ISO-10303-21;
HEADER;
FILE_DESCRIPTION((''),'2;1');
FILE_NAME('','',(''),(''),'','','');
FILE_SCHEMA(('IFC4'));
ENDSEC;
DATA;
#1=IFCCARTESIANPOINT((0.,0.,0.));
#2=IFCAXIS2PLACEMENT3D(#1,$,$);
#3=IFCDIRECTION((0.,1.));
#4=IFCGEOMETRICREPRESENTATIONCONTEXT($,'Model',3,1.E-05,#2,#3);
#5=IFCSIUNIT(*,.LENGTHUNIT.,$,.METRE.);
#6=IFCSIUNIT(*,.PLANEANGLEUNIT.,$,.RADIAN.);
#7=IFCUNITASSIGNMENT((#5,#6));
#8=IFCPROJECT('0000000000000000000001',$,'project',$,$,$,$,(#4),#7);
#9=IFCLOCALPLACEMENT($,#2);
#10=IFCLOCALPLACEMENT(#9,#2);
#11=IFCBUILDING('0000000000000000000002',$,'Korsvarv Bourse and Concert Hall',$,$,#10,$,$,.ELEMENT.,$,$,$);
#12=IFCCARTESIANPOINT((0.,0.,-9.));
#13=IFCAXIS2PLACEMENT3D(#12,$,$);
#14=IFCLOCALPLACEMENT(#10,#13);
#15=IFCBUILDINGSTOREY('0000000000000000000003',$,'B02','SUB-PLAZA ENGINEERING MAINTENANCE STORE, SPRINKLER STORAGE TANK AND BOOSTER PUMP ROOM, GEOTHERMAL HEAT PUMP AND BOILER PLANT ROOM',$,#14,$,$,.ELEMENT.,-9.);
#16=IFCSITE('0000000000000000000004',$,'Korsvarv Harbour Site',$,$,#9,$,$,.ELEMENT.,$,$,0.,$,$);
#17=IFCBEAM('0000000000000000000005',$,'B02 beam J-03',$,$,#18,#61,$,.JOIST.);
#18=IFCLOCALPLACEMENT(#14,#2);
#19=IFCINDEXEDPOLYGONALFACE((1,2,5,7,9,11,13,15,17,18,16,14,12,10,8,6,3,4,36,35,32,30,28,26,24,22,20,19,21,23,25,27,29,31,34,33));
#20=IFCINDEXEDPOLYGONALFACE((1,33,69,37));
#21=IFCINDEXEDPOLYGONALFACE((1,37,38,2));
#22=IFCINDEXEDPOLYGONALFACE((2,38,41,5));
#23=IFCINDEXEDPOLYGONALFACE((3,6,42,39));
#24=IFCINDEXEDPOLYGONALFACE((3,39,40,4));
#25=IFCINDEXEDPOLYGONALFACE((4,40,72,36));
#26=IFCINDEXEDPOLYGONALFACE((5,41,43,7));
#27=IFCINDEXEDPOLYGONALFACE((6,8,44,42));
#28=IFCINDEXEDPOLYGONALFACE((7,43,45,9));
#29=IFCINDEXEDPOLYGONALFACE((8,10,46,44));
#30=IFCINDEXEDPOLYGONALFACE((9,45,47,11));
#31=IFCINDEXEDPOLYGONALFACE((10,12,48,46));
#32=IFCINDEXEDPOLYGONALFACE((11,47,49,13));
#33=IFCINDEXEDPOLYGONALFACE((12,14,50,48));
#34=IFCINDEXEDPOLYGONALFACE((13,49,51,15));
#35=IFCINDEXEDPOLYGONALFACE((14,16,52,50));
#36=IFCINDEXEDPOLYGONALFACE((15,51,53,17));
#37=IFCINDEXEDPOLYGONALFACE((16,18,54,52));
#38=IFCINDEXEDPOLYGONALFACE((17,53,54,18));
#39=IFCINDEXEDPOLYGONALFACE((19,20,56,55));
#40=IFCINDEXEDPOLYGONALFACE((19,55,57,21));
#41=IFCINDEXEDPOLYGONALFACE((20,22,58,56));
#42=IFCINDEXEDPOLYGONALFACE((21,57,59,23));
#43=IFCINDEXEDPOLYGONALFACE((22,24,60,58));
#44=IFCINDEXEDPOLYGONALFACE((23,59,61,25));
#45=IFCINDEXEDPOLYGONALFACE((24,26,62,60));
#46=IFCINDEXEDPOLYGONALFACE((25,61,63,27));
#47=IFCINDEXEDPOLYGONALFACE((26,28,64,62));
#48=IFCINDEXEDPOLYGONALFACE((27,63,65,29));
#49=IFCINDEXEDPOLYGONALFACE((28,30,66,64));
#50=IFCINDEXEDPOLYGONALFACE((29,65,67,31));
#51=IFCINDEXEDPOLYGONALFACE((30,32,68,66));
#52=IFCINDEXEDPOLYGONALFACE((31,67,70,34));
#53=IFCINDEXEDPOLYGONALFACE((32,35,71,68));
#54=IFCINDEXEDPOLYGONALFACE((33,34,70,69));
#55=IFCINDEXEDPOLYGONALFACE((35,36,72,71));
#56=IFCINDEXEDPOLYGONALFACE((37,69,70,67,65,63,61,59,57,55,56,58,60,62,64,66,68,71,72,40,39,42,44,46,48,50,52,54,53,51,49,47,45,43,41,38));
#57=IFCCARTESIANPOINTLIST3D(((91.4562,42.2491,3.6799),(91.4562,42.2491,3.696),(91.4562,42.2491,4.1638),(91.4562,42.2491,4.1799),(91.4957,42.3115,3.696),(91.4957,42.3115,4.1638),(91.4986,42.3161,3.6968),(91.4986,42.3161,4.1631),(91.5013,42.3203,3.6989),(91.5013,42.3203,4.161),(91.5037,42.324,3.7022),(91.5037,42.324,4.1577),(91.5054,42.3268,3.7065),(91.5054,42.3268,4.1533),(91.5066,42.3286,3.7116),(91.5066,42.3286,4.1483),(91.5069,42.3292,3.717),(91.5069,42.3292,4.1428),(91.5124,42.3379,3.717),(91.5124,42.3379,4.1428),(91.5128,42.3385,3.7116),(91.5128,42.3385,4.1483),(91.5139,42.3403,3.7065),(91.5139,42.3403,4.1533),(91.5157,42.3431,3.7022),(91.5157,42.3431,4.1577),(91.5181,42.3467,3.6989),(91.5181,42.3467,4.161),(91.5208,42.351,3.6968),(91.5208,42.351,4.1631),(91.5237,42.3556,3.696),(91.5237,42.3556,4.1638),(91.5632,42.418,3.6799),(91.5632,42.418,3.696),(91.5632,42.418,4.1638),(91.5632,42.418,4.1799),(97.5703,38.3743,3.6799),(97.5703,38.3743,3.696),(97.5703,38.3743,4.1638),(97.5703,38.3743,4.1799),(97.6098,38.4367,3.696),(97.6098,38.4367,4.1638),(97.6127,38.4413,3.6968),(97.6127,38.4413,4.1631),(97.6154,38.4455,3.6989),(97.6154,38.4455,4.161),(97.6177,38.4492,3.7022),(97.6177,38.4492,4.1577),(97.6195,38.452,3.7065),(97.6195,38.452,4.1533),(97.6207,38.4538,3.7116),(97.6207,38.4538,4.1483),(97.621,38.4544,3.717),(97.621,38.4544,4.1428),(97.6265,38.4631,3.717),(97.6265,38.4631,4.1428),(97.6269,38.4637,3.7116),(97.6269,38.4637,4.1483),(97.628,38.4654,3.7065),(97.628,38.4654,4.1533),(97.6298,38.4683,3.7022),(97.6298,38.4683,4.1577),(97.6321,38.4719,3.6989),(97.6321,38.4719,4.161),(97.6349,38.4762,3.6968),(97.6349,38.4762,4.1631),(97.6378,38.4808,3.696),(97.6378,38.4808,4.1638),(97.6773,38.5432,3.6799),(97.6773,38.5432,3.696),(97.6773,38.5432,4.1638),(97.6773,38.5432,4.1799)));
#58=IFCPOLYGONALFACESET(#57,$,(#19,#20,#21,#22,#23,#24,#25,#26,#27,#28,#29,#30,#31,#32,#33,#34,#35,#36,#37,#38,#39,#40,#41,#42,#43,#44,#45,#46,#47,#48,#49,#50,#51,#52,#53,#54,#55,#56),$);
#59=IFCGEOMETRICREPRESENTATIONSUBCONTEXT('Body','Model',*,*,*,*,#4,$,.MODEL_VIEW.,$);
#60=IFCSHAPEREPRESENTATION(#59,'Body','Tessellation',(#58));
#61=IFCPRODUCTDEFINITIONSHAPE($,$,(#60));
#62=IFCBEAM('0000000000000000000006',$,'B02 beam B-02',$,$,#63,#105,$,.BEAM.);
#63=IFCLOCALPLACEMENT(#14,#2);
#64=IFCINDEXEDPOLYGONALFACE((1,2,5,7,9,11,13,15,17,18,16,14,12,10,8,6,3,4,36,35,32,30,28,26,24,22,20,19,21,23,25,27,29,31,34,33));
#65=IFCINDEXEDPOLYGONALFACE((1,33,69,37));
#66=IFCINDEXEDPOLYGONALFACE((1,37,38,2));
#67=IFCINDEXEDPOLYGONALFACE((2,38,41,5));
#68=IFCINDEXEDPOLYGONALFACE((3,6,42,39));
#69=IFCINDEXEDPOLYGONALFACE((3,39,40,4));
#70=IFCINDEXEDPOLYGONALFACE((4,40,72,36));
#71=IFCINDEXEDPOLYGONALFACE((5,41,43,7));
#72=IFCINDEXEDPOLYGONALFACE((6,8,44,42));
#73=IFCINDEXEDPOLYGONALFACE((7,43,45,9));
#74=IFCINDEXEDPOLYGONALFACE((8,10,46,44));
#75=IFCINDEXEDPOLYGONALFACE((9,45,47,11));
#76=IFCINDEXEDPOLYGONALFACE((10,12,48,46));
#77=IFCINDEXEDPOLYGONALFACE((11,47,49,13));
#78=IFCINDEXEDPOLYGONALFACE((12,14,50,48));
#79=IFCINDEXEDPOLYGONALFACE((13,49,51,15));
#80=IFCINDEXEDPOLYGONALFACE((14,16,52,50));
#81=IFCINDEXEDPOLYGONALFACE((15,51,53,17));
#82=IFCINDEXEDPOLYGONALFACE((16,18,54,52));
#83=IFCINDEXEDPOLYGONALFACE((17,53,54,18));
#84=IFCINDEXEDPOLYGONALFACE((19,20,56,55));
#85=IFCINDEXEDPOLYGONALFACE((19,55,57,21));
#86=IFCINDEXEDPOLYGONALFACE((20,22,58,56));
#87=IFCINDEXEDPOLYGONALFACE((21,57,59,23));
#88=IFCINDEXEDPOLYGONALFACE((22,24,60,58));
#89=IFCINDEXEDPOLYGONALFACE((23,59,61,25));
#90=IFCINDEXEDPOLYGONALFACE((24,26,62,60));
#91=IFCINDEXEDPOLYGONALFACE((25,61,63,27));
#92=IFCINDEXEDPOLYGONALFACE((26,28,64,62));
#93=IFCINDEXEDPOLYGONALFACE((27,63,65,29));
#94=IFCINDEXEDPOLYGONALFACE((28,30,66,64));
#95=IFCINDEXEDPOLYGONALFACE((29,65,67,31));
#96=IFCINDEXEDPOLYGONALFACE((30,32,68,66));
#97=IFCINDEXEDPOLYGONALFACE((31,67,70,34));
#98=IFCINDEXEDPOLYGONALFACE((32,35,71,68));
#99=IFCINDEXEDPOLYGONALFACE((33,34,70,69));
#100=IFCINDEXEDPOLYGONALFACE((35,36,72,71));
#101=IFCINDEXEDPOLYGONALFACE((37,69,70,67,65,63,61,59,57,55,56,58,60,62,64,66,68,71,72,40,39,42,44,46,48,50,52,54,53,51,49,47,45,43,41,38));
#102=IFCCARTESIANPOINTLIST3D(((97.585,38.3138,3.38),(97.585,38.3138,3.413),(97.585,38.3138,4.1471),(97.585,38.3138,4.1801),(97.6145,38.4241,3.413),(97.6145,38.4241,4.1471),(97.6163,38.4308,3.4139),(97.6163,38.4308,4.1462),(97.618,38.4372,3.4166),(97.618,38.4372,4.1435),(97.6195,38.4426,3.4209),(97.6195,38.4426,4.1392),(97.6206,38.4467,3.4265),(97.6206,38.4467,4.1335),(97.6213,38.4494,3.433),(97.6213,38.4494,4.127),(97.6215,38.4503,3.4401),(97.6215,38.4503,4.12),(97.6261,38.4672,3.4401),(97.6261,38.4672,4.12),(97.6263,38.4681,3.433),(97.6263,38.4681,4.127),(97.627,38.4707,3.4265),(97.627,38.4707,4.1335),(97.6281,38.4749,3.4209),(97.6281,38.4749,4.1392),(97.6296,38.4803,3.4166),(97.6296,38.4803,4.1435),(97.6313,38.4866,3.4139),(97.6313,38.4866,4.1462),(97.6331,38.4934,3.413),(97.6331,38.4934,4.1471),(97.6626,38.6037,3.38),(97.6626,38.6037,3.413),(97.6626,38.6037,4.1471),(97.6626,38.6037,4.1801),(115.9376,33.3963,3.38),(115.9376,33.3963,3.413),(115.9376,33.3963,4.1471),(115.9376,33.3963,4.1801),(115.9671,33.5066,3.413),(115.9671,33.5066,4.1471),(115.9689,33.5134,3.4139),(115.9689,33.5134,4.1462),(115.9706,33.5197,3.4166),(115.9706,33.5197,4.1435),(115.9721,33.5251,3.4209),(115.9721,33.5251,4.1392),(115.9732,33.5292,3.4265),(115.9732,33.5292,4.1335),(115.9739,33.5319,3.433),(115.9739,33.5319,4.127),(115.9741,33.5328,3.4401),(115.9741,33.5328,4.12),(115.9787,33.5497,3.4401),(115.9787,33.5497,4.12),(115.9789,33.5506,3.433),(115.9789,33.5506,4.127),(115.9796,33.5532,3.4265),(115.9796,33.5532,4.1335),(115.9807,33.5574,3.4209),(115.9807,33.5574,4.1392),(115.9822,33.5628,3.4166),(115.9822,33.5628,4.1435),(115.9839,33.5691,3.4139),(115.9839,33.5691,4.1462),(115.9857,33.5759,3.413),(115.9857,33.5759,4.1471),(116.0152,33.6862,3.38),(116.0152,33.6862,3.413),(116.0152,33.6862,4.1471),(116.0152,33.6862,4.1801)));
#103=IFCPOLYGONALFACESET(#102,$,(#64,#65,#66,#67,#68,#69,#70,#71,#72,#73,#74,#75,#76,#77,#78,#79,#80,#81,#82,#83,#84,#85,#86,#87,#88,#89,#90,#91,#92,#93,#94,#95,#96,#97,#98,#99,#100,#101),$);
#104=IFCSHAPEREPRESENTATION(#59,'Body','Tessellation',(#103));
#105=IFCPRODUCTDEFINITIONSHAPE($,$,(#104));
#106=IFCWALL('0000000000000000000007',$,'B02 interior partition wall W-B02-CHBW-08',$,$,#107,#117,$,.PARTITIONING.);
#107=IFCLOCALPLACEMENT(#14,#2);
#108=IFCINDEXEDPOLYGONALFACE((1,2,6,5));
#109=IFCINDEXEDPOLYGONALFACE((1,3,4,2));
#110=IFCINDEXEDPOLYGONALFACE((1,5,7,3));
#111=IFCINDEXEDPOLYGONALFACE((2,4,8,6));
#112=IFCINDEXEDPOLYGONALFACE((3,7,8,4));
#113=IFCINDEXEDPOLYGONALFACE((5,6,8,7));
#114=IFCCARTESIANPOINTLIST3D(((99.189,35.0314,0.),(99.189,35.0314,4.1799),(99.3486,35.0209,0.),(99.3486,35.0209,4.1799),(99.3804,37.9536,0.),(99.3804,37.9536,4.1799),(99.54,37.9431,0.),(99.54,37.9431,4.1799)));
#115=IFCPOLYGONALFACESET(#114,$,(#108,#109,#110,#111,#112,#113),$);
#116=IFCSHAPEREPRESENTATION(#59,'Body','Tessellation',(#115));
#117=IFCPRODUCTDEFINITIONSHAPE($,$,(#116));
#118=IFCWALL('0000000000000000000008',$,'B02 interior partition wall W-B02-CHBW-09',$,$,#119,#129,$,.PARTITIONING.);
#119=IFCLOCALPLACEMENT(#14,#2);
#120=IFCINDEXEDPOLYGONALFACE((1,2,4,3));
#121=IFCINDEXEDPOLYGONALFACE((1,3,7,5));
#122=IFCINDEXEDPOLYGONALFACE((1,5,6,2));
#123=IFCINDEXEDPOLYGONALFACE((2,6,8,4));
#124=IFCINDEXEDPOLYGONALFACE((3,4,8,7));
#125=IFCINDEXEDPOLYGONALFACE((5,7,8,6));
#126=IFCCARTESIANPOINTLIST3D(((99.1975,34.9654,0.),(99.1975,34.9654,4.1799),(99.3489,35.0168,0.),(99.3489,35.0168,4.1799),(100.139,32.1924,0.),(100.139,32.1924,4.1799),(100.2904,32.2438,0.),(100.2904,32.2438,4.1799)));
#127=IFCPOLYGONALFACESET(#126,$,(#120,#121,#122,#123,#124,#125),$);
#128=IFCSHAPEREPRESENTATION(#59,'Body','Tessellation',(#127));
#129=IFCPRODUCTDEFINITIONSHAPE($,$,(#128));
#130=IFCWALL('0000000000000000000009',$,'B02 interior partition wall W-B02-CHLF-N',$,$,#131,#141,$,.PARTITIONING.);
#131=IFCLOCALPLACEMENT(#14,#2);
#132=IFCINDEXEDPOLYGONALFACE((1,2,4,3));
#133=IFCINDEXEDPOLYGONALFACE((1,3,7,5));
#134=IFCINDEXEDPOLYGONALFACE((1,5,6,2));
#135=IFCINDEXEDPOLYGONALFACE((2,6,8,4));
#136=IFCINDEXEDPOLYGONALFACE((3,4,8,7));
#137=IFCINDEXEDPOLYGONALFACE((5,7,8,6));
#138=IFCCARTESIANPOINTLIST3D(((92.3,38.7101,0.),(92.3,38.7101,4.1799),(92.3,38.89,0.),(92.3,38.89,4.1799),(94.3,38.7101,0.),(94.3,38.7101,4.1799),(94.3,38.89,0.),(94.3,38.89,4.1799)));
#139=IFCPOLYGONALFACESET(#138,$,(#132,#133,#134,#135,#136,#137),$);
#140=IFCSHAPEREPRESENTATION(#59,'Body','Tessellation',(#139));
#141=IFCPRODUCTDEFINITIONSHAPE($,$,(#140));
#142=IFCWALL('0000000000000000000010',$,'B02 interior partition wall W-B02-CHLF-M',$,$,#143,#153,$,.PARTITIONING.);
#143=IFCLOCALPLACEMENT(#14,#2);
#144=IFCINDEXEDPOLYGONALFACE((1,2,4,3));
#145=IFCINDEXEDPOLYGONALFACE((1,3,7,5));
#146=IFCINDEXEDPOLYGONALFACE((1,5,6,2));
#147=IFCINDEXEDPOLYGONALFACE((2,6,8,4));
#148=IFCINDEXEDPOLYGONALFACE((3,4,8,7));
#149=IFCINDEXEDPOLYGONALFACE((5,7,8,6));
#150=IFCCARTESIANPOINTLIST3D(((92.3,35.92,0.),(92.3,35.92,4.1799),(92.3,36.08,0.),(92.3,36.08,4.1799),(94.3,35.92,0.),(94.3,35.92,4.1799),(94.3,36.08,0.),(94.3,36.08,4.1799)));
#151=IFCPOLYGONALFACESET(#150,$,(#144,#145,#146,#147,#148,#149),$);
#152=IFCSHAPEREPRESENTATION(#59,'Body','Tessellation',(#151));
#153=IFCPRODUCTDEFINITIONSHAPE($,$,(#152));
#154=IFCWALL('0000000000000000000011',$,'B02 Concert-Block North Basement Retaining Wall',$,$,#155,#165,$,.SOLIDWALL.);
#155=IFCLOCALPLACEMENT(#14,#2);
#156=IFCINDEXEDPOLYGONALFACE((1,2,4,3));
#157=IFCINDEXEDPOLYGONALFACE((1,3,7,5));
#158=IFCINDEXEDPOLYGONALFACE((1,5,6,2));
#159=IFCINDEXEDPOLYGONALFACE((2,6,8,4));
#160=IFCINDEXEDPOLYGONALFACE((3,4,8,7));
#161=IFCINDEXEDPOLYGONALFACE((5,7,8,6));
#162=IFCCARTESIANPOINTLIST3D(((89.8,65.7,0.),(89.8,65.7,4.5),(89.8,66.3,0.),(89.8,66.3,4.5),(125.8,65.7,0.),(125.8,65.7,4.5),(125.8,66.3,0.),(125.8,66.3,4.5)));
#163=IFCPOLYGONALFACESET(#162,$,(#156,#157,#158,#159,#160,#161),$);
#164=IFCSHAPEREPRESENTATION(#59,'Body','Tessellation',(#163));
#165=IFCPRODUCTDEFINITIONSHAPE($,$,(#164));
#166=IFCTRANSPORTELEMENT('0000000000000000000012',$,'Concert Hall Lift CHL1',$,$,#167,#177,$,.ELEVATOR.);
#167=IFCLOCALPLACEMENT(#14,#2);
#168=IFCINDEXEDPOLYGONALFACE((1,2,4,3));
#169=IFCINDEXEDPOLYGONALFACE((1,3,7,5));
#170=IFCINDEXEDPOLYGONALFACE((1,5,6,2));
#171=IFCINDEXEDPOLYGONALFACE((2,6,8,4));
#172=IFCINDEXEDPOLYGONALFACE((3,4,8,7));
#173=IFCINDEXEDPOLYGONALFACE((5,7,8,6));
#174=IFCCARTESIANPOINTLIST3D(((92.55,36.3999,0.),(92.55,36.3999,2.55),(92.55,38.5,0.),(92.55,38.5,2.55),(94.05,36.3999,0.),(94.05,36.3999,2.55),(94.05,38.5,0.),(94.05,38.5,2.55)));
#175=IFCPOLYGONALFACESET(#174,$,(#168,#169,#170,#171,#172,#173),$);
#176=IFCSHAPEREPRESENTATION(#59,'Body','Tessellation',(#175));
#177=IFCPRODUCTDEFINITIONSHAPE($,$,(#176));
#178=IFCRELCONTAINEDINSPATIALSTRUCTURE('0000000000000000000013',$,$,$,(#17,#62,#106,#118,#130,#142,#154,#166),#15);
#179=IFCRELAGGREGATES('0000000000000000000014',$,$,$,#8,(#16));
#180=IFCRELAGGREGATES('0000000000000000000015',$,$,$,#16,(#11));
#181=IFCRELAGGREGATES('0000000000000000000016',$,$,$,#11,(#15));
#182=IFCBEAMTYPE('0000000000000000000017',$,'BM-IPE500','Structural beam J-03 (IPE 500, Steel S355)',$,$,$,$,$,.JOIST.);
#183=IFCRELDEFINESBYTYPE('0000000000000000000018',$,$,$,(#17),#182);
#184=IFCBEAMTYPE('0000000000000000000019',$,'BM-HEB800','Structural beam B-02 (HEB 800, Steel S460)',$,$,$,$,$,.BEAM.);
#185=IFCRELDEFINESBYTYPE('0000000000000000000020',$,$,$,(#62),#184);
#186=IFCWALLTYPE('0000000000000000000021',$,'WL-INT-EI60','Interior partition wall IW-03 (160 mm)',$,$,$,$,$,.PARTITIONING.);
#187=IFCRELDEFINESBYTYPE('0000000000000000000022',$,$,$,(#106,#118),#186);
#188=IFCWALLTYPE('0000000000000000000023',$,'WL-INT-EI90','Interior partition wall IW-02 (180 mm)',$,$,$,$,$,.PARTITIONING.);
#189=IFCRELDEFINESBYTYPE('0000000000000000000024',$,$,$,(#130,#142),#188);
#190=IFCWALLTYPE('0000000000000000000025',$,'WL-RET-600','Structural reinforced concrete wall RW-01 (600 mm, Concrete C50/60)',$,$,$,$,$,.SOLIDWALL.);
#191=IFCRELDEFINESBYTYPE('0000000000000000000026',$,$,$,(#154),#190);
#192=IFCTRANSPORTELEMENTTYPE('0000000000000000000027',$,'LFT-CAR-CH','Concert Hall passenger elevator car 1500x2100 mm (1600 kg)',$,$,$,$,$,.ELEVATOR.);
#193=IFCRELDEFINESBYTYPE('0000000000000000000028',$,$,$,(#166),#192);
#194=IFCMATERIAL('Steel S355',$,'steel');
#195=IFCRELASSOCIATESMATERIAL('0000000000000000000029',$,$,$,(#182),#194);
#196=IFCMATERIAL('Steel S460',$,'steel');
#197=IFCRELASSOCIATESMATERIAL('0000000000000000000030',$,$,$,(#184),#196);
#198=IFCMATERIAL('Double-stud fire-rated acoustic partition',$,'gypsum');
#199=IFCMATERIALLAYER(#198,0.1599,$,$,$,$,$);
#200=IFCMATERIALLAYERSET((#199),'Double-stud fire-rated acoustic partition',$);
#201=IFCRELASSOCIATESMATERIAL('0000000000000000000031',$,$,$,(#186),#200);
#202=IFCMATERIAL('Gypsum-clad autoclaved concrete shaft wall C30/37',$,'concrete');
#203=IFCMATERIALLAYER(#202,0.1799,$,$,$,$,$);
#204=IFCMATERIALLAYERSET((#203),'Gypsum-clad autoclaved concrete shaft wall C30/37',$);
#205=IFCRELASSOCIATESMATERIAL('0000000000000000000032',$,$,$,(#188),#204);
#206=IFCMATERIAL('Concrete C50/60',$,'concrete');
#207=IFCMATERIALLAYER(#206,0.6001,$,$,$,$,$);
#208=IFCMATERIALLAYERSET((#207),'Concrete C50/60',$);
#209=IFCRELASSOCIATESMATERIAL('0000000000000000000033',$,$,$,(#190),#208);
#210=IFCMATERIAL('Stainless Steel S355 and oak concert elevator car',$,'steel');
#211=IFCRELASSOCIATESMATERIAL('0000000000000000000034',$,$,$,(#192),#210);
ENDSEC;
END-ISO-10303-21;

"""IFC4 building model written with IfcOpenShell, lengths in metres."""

from ifc_helpers import new_model, si_unit, direction, frame, frame_2d, origin, origin_2d, place, context, subcontext, project, spatial, rectangle, i_section, extrude, source, transform, mapped, material, layer, layer_set, material_profile, profile_set, type_object, element, save


model = new_model("IFC4")

# Units and contexts
model_context = context("Model", 3, precision=1e-05, world=origin(), true_north=direction((0.0, 1.0)))
body_context = subcontext(model_context, "Body", "Model", "MODEL_VIEW")
ifc_project = project(units=[si_unit("LENGTHUNIT", "METRE"), si_unit("PLANEANGLEUNIT", "RADIAN")], contexts=[model_context])

# Site, building, storey
site_placement = place(None, origin())
site = spatial("IfcSite", under=ifc_project, at=site_placement, Name="Korsvarv Harbour Site", CompositionType="ELEMENT", RefElevation=0.0)
building_placement = place(site_placement, origin())
building = spatial("IfcBuilding", under=site, at=building_placement, Name="Korsvarv Bourse and Concert Hall", CompositionType="ELEMENT")
storey_placement = place(building_placement, frame((0.0, 0.0, -9.0)))
storey = spatial("IfcBuildingStorey", under=building, at=storey_placement, Name="B02", Description="SUB-PLAZA ENGINEERING MAINTENANCE STORE, SPRINKLER STORAGE TANK AND BOOSTER PUMP ROOM, GEOTHERMAL HEAT PUMP AND BOILER PLANT ROOM", CompositionType="ELEMENT", Elevation=-9.0)

# Shared definitions
ifc_material_1 = material(Name="Concrete C50/60", Category="concrete")

# Beams
ifc_material_2 = material(Name="Steel S355", Category="steel")
ifc_material_profile_1 = material_profile(ifc_material_2, i_section(OverallWidth=0.2, OverallDepth=0.5, WebThickness=0.0103, FlangeThickness=0.0161, FilletRadius=0.021, at=origin_2d()), Name="IPE 500")
ifc_profile_set_1 = profile_set([ifc_material_profile_1], Name="Steel S355")
beam_type_1 = type_object("IfcBeamType", Name="BM-IPE500", Description="Structural beam J-03 (IPE 500, Steel S355)", PredefinedType="JOIST", material=ifc_profile_set_1)
shared_shape_1 = source(origin(), body_context, "Body", "SweptSolid", [
    extrude(i_section(OverallWidth=0.2, OverallDepth=0.5, WebThickness=0.0103, FlangeThickness=0.0161, FilletRadius=0.021, at=origin_2d()), origin(), (0.0, 0.0, 1.0), 7.2385),
])
beam_1_placement = place(storey_placement, frame((97.6238, 38.4587, 3.9299), z_axis=(-0.84466, 0.535303, 0.0), x_axis=(-0.535303, -0.84466, 0.0)))
element("IfcBeam", 1, at=beam_1_placement, inside=storey, type_object=beam_type_1, Name="B02 beam J-03", PredefinedType="JOIST", context=body_context, shape_type="MappedRepresentation", body=[
    mapped(shared_shape_1, transform((0.0, 0.0, 0.0), scale=1.0)),
])
ifc_material_3 = material(Name="Steel S460", Category="steel")
ifc_material_profile_2 = material_profile(ifc_material_3, i_section(OverallWidth=0.3, OverallDepth=0.8, WebThickness=0.0176, FlangeThickness=0.033, FilletRadius=0.0271, at=origin_2d()), Name="HEB 800")
ifc_profile_set_2 = profile_set([ifc_material_profile_2], Name="Steel S460")
beam_type_2 = type_object("IfcBeamType", Name="BM-HEB800", Description="Structural beam B-02 (HEB 800, Steel S460)", PredefinedType="BEAM", material=ifc_profile_set_2)
shared_shape_2 = source(origin(), body_context, "Body", "SweptSolid", [
    extrude(i_section(OverallWidth=0.3, OverallDepth=0.8, WebThickness=0.0176, FlangeThickness=0.033, FilletRadius=0.0271, at=origin_2d()), origin(), (0.0, 0.0, 1.0), 19.0),
])
beam_2_placement = place(storey_placement, frame((97.6238, 38.4587, 3.78), z_axis=(0.965927, -0.258816, 0.0), x_axis=(0.258816, 0.965927, 0.0)))
element("IfcBeam", 2, at=beam_2_placement, inside=storey, type_object=beam_type_2, Name="B02 beam B-02", PredefinedType="BEAM", context=body_context, shape_type="MappedRepresentation", body=[
    mapped(shared_shape_2, transform((0.0, 0.0, 0.0), scale=1.0)),
])

# Walls
ifc_material_4 = material(Name="Double-stud fire-rated acoustic partition", Category="gypsum")
ifc_layer_1 = layer(ifc_material_4, 0.1599)
ifc_layer_set_1 = layer_set([ifc_layer_1], Name="Double-stud fire-rated acoustic partition")
wall_type_1 = type_object("IfcWallType", Name="WL-INT-EI60", Description="Interior partition wall IW-03 (160 mm)", PredefinedType="PARTITIONING", material=ifc_layer_set_1)
for number, where, z_axis, x_axis, name in (
    (3, (99.4602, 37.9485, 0.0), (0.0, 0.0, 1.0), (-0.065362, -0.997862, 0.0), "B02 interior partition wall W-B02-CHBW-08"),
    (4, (99.2732, 34.9912, 0.0), (0.0, 0.0, 1.0), (0.321475, -0.946918, 0.0), "B02 interior partition wall W-B02-CHBW-09"),
):
    element("IfcWall", number, at=place(storey_placement, frame(where, z_axis=z_axis, x_axis=x_axis)), inside=storey, type_object=wall_type_1, Name=name, PredefinedType="PARTITIONING", context=body_context, shape_type="SweptSolid", body=[
        extrude(rectangle(XDim=2.9285, YDim=0.1599, at=frame_2d((1.4644, 0.0))), origin(), (0.0, 0.0, 1.0), 4.1799),
    ])
ifc_material_5 = material(Name="Gypsum-clad autoclaved concrete shaft wall C30/37", Category="concrete")
ifc_layer_2 = layer(ifc_material_5, 0.1799)
ifc_layer_set_2 = layer_set([ifc_layer_2], Name="Gypsum-clad autoclaved concrete shaft wall C30/37")
wall_type_2 = type_object("IfcWallType", Name="WL-INT-EI90", Description="Interior partition wall IW-02 (180 mm)", PredefinedType="PARTITIONING", material=ifc_layer_set_2)
wall_1_placement = place(storey_placement, frame((92.3, 38.8, 0.0), z_axis=(0.0, 0.0, 1.0), x_axis=(1.0, 0.0, 0.0)))
element("IfcWall", 5, at=wall_1_placement, inside=storey, type_object=wall_type_2, Name="B02 interior partition wall W-B02-CHLF-N", PredefinedType="PARTITIONING", context=body_context, shape_type="SweptSolid", body=[
    extrude(rectangle(XDim=2.0, YDim=0.1799, at=frame_2d((1.0, 0.0))), origin(), (0.0, 0.0, 1.0), 4.1799),
])
wall_2_placement = place(storey_placement, frame((92.3, 36.0, 0.0), z_axis=(0.0, 0.0, 1.0), x_axis=(1.0, 0.0, 0.0)))
element("IfcWall", 6, at=wall_2_placement, inside=storey, type_object=wall_type_2, Name="B02 interior partition wall W-B02-CHLF-M", PredefinedType="PARTITIONING", context=body_context, shape_type="SweptSolid", body=[
    extrude(rectangle(XDim=2.0, YDim=0.1599, at=frame_2d((1.0, 0.0))), origin(), (0.0, 0.0, 1.0), 4.1799),
])
ifc_layer_3 = layer(ifc_material_1, 0.6001)
ifc_layer_set_3 = layer_set([ifc_layer_3], Name="Concrete C50/60")
wall_type_3 = type_object("IfcWallType", Name="WL-RET-600", Description="Structural reinforced concrete wall RW-01 (600 mm, Concrete C50/60)", PredefinedType="SOLIDWALL", material=ifc_layer_set_3)
wall_3_placement = place(storey_placement, frame((89.8, 66.0, 0.0), z_axis=(0.0, 0.0, 1.0), x_axis=(1.0, 0.0, 0.0)))
element("IfcWall", 7, at=wall_3_placement, inside=storey, type_object=wall_type_3, Name="B02 Concert-Block North Basement Retaining Wall", PredefinedType="SOLIDWALL", context=body_context, shape_type="SweptSolid", body=[
    extrude(rectangle(XDim=36.0, YDim=0.6001, at=frame_2d((18.0, 0.0))), origin(), (0.0, 0.0, 1.0), 4.5),
])

# Transport element
ifc_material_6 = material(Name="Stainless Steel S355 and oak concert elevator car", Category="steel")
transport_element_type = type_object("IfcTransportElementType", Name="LFT-CAR-CH", Description="Concert Hall passenger elevator car 1500x2100 mm (1600 kg)", PredefinedType="ELEVATOR", material=ifc_material_6)
shared_shape_3 = source(origin(), body_context, "Body", "SweptSolid", [
    extrude(rectangle(XDim=1.5, YDim=2.1001, at=origin_2d()), origin(), (0.0, 0.0, 1.0), 2.55),
])
transport_element_placement = place(storey_placement, frame((93.3, 37.45, 0.0), z_axis=(0.0, 0.0, 1.0), x_axis=(1.0, 0.0, 0.0)))
element("IfcTransportElement", 8, at=transport_element_placement, inside=storey, type_object=transport_element_type, Name="Concert Hall Lift CHL1", PredefinedType="ELEVATOR", context=body_context, shape_type="MappedRepresentation", body=[
    mapped(shared_shape_3, transform((0.0, 0.0, 0.0), scale=1.0)),
])

save(model, "model.ifc")
